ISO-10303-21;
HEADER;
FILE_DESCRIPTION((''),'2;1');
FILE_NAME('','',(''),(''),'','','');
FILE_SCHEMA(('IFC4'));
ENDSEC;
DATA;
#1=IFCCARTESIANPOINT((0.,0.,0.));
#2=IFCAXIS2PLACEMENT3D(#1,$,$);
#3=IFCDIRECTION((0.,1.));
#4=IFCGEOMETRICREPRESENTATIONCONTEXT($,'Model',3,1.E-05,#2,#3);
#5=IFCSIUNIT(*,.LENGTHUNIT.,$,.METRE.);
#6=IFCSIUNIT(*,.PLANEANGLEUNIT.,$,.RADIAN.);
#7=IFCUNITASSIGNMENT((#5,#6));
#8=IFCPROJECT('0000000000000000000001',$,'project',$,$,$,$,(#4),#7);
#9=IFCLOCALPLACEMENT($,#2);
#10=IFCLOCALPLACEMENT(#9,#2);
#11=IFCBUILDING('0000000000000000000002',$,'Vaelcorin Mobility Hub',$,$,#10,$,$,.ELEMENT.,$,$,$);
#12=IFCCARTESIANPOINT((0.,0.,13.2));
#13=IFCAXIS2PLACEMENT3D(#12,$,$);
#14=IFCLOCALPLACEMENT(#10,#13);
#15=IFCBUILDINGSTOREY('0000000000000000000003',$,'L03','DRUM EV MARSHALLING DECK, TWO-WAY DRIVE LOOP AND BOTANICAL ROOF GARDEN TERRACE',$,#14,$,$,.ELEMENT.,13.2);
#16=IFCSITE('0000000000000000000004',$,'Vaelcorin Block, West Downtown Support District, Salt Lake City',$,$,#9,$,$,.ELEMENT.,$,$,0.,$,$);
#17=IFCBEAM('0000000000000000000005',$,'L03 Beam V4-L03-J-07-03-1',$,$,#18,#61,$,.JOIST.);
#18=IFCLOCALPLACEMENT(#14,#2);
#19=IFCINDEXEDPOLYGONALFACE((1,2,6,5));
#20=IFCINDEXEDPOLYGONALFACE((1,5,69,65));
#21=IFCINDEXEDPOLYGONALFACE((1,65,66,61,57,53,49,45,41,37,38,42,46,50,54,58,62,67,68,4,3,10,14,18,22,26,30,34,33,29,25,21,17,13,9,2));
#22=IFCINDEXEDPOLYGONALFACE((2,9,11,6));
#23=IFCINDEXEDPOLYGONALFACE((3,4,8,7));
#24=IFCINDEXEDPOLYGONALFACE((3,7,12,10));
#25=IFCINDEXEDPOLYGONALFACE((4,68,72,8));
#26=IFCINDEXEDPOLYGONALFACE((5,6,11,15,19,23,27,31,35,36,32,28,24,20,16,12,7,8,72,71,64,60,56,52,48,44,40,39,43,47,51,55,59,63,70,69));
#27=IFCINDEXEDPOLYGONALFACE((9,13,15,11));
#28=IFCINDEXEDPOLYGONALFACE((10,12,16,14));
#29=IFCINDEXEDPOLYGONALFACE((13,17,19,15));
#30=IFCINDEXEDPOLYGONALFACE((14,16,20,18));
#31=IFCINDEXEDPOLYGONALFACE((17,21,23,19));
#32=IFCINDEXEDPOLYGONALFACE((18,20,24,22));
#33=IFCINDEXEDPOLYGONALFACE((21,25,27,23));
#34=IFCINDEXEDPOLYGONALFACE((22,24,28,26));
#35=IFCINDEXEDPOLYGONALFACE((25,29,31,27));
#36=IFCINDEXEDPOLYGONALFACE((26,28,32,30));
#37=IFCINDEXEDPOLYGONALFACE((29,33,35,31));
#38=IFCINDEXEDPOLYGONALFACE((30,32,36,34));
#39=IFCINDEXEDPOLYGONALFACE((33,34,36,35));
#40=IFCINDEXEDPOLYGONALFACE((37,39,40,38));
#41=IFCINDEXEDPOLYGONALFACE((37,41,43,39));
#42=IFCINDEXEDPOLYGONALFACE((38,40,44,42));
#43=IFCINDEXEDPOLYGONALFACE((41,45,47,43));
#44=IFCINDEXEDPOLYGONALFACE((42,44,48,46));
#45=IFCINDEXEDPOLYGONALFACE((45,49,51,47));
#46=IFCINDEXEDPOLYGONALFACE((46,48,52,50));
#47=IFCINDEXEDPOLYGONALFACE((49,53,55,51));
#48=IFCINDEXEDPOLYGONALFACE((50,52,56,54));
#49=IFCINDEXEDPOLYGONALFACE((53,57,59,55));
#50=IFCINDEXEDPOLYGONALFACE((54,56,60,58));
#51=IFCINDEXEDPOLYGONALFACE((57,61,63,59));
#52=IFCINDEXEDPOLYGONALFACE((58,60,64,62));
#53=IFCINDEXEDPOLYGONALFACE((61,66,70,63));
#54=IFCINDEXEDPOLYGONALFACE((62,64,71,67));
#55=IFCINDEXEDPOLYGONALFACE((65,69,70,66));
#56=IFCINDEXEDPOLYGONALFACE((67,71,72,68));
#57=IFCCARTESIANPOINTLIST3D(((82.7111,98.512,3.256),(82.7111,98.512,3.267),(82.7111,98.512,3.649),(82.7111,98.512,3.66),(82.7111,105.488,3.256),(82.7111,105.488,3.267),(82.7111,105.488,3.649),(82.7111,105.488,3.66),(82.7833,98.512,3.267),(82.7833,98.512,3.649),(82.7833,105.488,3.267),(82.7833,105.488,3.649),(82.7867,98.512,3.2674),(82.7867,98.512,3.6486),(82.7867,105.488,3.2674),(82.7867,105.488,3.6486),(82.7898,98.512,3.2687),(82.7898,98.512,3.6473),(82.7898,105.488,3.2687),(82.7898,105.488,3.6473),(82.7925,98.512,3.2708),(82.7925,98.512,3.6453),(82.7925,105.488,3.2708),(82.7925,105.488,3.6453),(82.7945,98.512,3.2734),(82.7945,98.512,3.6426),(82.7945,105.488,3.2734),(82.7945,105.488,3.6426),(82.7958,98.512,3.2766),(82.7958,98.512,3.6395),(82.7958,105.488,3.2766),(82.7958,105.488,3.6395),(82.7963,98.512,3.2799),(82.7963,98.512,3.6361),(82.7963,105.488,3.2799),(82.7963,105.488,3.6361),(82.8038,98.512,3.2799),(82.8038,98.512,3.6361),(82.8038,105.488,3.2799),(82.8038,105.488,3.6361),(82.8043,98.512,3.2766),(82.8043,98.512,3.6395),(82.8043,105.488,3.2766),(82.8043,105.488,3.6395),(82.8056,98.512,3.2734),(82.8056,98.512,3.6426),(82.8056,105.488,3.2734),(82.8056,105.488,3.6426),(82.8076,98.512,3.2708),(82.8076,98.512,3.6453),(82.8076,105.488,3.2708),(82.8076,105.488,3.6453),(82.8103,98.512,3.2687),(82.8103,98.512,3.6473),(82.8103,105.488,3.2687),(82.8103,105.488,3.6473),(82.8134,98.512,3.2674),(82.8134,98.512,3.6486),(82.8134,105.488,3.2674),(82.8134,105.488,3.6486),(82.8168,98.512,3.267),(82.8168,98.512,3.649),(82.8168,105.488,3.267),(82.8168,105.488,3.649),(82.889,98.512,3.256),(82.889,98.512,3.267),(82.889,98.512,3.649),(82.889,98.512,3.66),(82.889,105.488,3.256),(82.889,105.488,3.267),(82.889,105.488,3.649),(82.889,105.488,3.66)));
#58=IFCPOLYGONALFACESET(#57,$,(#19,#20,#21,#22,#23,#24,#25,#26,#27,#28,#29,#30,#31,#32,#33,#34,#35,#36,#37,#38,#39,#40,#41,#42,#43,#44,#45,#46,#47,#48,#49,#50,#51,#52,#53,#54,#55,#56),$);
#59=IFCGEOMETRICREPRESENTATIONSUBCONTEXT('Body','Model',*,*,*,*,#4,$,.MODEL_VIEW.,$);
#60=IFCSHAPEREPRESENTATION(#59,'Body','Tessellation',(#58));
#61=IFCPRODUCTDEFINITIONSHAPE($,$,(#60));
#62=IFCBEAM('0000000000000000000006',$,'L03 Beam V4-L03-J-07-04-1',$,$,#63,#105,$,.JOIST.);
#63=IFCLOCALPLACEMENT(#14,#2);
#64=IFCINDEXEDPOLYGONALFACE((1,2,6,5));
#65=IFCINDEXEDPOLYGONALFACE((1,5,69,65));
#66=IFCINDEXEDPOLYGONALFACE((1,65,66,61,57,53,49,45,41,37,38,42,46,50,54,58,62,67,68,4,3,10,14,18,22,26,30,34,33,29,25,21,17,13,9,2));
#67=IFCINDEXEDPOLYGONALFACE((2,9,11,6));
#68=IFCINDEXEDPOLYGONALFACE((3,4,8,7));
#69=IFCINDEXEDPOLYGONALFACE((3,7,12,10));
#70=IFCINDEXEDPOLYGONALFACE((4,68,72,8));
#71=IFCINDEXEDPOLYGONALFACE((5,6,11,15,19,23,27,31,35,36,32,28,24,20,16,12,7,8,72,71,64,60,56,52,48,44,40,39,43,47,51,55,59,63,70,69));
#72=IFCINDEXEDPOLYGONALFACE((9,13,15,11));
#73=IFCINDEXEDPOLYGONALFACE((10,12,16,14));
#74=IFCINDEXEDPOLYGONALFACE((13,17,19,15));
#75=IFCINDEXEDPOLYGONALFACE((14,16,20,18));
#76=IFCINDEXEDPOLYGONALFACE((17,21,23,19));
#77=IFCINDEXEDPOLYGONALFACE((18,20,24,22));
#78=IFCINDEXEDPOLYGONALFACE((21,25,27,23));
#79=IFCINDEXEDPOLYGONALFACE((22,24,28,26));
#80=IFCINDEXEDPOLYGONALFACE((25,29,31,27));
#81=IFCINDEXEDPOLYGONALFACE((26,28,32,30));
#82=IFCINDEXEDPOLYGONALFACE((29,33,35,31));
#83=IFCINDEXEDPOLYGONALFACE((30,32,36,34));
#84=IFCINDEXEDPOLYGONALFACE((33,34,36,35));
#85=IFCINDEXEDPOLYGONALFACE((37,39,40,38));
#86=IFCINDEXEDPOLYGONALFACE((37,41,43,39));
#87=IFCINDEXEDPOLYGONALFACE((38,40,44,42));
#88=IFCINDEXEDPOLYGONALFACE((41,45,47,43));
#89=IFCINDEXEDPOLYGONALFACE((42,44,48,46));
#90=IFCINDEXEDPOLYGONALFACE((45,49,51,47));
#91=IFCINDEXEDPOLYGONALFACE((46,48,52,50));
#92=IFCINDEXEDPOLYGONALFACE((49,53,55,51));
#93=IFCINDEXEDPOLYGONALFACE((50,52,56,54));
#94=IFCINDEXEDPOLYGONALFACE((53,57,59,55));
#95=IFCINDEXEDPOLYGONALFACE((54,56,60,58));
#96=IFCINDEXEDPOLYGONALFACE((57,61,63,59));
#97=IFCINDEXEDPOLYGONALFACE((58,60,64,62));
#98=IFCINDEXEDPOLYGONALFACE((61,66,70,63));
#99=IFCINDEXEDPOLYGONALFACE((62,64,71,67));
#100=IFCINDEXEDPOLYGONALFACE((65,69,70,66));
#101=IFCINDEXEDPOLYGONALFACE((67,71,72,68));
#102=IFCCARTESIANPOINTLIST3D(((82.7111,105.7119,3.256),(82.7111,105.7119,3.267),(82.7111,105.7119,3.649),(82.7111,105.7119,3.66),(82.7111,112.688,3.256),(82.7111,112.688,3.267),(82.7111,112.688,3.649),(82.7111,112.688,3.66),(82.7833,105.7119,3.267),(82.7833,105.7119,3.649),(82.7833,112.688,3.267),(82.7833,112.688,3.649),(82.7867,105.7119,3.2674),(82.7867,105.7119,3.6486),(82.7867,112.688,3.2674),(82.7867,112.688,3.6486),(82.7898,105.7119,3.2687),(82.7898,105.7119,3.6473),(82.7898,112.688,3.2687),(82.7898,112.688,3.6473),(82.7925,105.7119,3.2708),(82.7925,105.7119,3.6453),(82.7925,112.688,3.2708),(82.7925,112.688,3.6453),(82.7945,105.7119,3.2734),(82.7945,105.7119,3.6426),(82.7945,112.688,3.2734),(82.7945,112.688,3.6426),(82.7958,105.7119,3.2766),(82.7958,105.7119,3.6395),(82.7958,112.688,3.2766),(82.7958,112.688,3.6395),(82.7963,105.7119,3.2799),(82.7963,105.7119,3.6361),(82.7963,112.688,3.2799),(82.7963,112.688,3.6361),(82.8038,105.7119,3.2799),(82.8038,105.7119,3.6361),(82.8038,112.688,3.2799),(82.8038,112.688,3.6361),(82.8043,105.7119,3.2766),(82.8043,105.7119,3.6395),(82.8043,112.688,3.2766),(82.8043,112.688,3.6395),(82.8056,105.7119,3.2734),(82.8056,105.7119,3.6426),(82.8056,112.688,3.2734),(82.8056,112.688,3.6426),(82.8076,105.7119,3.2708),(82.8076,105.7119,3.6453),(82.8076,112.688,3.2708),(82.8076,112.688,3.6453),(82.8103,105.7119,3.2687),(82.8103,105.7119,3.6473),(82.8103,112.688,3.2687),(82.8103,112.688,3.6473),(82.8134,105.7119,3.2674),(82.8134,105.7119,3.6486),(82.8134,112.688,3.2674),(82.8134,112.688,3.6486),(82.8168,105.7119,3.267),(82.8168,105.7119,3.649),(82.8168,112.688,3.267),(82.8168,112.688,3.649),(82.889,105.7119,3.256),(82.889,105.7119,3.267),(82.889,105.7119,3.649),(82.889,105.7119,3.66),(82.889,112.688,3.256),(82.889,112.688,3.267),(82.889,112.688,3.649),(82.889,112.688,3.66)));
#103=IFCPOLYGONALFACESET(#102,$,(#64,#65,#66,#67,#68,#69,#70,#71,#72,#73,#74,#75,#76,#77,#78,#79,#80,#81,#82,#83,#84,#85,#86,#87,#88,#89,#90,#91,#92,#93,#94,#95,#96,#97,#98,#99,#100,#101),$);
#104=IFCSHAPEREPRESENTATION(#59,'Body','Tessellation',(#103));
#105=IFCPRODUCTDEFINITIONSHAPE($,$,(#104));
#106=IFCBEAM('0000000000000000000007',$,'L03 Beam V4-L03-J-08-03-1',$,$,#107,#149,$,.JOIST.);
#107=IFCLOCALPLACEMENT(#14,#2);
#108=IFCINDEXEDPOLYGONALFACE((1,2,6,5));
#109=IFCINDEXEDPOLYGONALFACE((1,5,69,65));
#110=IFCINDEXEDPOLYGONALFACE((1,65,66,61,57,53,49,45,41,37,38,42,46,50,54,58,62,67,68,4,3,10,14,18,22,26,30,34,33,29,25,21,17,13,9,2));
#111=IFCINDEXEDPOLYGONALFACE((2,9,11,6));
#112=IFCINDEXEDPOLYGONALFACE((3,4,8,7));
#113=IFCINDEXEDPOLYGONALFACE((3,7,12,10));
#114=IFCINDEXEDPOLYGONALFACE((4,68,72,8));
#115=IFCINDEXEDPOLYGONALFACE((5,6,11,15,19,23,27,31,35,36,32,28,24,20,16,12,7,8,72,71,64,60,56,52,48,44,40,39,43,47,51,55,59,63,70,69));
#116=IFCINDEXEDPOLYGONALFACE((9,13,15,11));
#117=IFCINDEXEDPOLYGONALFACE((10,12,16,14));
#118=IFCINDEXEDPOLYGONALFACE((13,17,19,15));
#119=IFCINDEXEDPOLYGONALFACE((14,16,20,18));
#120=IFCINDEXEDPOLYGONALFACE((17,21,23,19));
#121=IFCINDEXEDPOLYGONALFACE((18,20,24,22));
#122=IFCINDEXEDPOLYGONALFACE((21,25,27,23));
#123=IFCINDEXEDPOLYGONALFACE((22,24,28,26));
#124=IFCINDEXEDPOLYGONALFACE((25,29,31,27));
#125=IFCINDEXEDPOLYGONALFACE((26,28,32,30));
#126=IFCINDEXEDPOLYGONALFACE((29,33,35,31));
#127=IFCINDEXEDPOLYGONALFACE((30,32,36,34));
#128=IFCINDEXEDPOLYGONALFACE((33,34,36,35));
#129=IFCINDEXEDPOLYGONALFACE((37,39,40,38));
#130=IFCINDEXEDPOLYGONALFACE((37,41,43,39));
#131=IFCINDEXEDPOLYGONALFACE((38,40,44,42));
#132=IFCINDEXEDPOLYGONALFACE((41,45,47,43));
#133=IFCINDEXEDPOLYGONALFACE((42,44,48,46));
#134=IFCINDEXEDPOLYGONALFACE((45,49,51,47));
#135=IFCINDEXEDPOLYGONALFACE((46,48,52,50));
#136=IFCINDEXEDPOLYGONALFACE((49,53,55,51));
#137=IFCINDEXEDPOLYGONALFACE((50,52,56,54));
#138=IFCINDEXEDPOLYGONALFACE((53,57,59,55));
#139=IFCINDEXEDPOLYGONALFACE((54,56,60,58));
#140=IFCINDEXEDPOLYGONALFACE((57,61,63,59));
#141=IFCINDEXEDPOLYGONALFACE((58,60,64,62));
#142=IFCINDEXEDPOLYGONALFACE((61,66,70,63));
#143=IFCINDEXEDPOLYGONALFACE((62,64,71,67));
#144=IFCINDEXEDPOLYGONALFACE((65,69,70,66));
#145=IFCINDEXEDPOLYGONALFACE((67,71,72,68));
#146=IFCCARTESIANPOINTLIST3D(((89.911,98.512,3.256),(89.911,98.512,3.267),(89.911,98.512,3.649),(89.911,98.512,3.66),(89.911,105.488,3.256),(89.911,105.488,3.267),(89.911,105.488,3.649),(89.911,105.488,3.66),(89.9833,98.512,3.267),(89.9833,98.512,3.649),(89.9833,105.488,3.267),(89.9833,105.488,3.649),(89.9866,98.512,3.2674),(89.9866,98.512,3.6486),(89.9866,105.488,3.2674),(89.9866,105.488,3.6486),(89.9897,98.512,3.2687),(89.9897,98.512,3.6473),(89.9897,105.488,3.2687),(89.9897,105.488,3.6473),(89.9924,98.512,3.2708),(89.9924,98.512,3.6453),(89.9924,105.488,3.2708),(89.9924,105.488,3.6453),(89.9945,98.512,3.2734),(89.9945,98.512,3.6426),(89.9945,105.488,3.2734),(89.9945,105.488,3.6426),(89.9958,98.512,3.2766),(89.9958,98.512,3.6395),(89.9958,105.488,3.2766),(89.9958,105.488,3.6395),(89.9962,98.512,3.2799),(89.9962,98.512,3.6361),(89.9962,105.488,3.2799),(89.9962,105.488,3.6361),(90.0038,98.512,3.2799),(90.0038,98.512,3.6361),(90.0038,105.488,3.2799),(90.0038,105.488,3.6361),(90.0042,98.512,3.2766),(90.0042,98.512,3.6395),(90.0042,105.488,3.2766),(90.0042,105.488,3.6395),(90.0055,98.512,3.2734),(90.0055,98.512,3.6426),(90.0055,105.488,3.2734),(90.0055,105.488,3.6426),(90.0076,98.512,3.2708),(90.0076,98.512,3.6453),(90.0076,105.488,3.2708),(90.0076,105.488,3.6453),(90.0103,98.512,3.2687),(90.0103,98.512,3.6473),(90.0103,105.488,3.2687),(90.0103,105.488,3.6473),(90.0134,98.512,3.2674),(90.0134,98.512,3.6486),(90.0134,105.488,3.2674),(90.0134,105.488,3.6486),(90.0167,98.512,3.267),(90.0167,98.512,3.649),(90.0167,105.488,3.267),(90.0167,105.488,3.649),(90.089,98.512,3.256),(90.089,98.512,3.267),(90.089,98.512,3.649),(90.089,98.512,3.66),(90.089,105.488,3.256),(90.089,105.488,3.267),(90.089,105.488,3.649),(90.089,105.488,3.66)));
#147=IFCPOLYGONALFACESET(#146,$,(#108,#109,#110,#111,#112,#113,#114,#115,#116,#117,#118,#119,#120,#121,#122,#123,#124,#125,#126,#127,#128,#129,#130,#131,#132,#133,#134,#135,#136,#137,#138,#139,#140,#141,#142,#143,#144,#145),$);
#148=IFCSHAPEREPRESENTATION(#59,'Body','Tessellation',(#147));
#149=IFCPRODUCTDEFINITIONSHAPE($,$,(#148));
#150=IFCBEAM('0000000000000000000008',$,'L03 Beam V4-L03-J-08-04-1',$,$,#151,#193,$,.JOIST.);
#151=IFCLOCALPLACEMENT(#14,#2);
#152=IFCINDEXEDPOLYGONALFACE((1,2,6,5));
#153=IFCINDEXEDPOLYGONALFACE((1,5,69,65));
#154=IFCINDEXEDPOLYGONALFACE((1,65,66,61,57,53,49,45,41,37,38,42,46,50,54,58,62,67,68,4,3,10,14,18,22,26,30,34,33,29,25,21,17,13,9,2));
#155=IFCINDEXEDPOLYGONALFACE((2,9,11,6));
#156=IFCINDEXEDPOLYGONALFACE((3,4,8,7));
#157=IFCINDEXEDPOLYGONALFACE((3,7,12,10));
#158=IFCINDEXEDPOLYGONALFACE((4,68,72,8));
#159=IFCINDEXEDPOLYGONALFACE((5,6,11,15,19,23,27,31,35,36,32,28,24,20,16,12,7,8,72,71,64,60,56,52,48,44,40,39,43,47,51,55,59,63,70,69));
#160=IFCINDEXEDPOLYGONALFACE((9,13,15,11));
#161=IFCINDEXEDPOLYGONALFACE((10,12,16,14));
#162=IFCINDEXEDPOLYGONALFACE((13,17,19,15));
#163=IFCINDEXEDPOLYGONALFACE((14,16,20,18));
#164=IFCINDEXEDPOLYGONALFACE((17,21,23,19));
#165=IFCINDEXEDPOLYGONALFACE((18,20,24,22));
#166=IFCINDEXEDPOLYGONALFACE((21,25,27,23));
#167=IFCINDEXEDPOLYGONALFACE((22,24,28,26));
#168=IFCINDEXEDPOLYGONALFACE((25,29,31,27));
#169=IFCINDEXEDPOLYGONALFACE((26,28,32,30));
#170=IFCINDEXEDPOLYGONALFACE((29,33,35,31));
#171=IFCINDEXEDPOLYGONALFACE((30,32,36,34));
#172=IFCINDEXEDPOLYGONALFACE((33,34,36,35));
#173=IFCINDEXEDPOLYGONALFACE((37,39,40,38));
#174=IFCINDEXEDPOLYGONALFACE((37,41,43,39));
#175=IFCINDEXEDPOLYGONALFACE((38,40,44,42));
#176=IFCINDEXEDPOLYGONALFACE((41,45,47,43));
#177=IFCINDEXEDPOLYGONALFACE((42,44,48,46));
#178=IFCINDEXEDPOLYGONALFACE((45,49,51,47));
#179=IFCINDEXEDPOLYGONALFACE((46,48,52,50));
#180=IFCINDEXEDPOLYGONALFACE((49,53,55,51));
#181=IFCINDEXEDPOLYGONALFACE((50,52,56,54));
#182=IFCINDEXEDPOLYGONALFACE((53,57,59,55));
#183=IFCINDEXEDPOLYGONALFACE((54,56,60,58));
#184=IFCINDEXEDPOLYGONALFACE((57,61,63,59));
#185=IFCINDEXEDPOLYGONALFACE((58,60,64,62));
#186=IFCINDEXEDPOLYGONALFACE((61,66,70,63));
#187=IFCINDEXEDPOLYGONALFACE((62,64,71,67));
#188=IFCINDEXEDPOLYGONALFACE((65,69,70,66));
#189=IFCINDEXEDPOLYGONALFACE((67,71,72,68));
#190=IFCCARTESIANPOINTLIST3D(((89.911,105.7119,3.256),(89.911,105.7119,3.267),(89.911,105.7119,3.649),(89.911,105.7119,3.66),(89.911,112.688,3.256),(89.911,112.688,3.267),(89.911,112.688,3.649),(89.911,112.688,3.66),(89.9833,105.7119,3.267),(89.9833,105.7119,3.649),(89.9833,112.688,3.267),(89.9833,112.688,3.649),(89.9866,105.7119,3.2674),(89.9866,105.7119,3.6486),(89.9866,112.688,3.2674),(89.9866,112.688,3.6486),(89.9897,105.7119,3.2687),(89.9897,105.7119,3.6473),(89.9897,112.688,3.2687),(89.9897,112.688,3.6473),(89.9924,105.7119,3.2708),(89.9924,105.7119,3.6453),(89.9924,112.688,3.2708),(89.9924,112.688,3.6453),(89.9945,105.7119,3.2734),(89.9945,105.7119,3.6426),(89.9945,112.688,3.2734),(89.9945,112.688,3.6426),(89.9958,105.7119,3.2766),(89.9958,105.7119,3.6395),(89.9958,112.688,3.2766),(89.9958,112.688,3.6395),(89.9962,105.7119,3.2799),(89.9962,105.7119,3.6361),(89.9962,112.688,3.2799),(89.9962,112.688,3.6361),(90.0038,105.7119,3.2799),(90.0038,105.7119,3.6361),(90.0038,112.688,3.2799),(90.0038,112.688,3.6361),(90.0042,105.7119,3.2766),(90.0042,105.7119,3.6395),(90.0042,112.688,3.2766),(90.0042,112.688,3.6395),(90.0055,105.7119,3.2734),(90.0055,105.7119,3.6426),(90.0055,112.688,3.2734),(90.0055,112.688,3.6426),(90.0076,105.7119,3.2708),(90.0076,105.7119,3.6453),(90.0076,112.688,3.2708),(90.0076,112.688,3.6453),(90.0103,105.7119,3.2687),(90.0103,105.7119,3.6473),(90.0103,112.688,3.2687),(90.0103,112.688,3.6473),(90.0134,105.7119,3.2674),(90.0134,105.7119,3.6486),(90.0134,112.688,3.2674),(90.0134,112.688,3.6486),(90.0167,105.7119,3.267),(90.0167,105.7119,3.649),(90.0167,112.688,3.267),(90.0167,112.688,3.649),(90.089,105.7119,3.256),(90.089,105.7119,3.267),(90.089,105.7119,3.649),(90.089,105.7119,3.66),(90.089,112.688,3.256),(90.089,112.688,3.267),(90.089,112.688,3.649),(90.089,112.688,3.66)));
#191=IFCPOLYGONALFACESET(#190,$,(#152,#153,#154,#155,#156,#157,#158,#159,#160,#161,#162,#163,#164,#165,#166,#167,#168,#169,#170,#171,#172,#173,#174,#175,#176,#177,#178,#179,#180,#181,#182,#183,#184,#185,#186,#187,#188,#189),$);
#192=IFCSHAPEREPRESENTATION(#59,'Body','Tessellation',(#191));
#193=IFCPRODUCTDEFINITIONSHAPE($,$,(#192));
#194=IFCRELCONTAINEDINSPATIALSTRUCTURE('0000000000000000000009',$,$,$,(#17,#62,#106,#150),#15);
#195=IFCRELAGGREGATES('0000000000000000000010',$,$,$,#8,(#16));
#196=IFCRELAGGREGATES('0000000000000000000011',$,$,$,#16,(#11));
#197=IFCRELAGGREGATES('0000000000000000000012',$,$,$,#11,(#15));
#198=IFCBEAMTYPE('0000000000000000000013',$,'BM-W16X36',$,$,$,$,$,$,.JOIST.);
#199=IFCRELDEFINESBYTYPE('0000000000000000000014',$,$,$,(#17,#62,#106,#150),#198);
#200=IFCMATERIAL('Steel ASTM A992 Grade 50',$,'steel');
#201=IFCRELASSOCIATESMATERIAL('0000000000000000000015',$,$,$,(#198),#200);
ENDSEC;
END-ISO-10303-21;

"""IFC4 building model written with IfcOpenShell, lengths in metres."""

from ifc_helpers import new_model, si_unit, direction, frame, origin, origin_2d, place, context, subcontext, project, spatial, i_section, extrude, material, material_profile, profile_set, type_object, element, save


model = new_model("IFC4")

# Units and contexts
model_context = context("Model", 3, precision=1e-05, world=origin(), true_north=direction((0.0, 1.0)))
body_context = subcontext(model_context, "Body", "Model", "MODEL_VIEW")
ifc_project = project(units=[si_unit("LENGTHUNIT", "METRE"), si_unit("PLANEANGLEUNIT", "RADIAN")], contexts=[model_context])

# Site, building, storey
site_placement = place(None, origin())
site = spatial("IfcSite", under=ifc_project, at=site_placement, Name="Vaelcorin Block, West Downtown Support District, Salt Lake City", CompositionType="ELEMENT", RefElevation=0.0)
building_placement = place(site_placement, origin())
building = spatial("IfcBuilding", under=site, at=building_placement, Name="Vaelcorin Mobility Hub", CompositionType="ELEMENT")
storey_placement = place(building_placement, frame((0.0, 0.0, 13.2)))
storey = spatial("IfcBuildingStorey", under=building, at=storey_placement, Name="L03", Description="DRUM EV MARSHALLING DECK, TWO-WAY DRIVE LOOP AND BOTANICAL ROOF GARDEN TERRACE", CompositionType="ELEMENT", Elevation=13.2)

# Shared definitions
ifc_material_1 = material(Name="Steel ASTM A992 Grade 50", Category="steel")

# Beams
ifc_material_profile_1 = material_profile(ifc_material_1, i_section(OverallWidth=0.178, OverallDepth=0.4041, WebThickness=0.0076, FlangeThickness=0.011, FilletRadius=0.0129, at=origin_2d()), Name="W16X36")
ifc_profile_set_1 = profile_set([ifc_material_profile_1], Name="Steel ASTM A992 Grade 50")
beam_type_1 = type_object("IfcBeamType", Name="BM-W16X36", PredefinedType="JOIST", material=ifc_profile_set_1)
for number, where, z_axis, x_axis, name in (
    (1, (82.8, 98.512, 3.458), (0.0, 1.0, 0.0), (-1.0, 0.0, 0.0), "L03 Beam V4-L03-J-07-03-1"),
    (2, (82.8, 105.7119, 3.458), (0.0, 1.0, 0.0), (-1.0, 0.0, 0.0), "L03 Beam V4-L03-J-07-04-1"),
    (3, (90.0, 98.512, 3.458), (0.0, 1.0, 0.0), (-1.0, 0.0, 0.0), "L03 Beam V4-L03-J-08-03-1"),
    (4, (90.0, 105.7119, 3.458), (0.0, 1.0, 0.0), (-1.0, 0.0, 0.0), "L03 Beam V4-L03-J-08-04-1"),
):
    element("IfcBeam", number, at=place(storey_placement, frame(where, z_axis=z_axis, x_axis=x_axis)), inside=storey, type_object=beam_type_1, Name=name, PredefinedType="JOIST", context=body_context, shape_type="SweptSolid", body=[
        extrude(i_section(OverallWidth=0.178, OverallDepth=0.4041, WebThickness=0.0076, FlangeThickness=0.011, FilletRadius=0.0129, at=origin_2d()), origin(), (0.0, 0.0, 1.0), 6.9761),
    ])

save(model, "model.ifc")
